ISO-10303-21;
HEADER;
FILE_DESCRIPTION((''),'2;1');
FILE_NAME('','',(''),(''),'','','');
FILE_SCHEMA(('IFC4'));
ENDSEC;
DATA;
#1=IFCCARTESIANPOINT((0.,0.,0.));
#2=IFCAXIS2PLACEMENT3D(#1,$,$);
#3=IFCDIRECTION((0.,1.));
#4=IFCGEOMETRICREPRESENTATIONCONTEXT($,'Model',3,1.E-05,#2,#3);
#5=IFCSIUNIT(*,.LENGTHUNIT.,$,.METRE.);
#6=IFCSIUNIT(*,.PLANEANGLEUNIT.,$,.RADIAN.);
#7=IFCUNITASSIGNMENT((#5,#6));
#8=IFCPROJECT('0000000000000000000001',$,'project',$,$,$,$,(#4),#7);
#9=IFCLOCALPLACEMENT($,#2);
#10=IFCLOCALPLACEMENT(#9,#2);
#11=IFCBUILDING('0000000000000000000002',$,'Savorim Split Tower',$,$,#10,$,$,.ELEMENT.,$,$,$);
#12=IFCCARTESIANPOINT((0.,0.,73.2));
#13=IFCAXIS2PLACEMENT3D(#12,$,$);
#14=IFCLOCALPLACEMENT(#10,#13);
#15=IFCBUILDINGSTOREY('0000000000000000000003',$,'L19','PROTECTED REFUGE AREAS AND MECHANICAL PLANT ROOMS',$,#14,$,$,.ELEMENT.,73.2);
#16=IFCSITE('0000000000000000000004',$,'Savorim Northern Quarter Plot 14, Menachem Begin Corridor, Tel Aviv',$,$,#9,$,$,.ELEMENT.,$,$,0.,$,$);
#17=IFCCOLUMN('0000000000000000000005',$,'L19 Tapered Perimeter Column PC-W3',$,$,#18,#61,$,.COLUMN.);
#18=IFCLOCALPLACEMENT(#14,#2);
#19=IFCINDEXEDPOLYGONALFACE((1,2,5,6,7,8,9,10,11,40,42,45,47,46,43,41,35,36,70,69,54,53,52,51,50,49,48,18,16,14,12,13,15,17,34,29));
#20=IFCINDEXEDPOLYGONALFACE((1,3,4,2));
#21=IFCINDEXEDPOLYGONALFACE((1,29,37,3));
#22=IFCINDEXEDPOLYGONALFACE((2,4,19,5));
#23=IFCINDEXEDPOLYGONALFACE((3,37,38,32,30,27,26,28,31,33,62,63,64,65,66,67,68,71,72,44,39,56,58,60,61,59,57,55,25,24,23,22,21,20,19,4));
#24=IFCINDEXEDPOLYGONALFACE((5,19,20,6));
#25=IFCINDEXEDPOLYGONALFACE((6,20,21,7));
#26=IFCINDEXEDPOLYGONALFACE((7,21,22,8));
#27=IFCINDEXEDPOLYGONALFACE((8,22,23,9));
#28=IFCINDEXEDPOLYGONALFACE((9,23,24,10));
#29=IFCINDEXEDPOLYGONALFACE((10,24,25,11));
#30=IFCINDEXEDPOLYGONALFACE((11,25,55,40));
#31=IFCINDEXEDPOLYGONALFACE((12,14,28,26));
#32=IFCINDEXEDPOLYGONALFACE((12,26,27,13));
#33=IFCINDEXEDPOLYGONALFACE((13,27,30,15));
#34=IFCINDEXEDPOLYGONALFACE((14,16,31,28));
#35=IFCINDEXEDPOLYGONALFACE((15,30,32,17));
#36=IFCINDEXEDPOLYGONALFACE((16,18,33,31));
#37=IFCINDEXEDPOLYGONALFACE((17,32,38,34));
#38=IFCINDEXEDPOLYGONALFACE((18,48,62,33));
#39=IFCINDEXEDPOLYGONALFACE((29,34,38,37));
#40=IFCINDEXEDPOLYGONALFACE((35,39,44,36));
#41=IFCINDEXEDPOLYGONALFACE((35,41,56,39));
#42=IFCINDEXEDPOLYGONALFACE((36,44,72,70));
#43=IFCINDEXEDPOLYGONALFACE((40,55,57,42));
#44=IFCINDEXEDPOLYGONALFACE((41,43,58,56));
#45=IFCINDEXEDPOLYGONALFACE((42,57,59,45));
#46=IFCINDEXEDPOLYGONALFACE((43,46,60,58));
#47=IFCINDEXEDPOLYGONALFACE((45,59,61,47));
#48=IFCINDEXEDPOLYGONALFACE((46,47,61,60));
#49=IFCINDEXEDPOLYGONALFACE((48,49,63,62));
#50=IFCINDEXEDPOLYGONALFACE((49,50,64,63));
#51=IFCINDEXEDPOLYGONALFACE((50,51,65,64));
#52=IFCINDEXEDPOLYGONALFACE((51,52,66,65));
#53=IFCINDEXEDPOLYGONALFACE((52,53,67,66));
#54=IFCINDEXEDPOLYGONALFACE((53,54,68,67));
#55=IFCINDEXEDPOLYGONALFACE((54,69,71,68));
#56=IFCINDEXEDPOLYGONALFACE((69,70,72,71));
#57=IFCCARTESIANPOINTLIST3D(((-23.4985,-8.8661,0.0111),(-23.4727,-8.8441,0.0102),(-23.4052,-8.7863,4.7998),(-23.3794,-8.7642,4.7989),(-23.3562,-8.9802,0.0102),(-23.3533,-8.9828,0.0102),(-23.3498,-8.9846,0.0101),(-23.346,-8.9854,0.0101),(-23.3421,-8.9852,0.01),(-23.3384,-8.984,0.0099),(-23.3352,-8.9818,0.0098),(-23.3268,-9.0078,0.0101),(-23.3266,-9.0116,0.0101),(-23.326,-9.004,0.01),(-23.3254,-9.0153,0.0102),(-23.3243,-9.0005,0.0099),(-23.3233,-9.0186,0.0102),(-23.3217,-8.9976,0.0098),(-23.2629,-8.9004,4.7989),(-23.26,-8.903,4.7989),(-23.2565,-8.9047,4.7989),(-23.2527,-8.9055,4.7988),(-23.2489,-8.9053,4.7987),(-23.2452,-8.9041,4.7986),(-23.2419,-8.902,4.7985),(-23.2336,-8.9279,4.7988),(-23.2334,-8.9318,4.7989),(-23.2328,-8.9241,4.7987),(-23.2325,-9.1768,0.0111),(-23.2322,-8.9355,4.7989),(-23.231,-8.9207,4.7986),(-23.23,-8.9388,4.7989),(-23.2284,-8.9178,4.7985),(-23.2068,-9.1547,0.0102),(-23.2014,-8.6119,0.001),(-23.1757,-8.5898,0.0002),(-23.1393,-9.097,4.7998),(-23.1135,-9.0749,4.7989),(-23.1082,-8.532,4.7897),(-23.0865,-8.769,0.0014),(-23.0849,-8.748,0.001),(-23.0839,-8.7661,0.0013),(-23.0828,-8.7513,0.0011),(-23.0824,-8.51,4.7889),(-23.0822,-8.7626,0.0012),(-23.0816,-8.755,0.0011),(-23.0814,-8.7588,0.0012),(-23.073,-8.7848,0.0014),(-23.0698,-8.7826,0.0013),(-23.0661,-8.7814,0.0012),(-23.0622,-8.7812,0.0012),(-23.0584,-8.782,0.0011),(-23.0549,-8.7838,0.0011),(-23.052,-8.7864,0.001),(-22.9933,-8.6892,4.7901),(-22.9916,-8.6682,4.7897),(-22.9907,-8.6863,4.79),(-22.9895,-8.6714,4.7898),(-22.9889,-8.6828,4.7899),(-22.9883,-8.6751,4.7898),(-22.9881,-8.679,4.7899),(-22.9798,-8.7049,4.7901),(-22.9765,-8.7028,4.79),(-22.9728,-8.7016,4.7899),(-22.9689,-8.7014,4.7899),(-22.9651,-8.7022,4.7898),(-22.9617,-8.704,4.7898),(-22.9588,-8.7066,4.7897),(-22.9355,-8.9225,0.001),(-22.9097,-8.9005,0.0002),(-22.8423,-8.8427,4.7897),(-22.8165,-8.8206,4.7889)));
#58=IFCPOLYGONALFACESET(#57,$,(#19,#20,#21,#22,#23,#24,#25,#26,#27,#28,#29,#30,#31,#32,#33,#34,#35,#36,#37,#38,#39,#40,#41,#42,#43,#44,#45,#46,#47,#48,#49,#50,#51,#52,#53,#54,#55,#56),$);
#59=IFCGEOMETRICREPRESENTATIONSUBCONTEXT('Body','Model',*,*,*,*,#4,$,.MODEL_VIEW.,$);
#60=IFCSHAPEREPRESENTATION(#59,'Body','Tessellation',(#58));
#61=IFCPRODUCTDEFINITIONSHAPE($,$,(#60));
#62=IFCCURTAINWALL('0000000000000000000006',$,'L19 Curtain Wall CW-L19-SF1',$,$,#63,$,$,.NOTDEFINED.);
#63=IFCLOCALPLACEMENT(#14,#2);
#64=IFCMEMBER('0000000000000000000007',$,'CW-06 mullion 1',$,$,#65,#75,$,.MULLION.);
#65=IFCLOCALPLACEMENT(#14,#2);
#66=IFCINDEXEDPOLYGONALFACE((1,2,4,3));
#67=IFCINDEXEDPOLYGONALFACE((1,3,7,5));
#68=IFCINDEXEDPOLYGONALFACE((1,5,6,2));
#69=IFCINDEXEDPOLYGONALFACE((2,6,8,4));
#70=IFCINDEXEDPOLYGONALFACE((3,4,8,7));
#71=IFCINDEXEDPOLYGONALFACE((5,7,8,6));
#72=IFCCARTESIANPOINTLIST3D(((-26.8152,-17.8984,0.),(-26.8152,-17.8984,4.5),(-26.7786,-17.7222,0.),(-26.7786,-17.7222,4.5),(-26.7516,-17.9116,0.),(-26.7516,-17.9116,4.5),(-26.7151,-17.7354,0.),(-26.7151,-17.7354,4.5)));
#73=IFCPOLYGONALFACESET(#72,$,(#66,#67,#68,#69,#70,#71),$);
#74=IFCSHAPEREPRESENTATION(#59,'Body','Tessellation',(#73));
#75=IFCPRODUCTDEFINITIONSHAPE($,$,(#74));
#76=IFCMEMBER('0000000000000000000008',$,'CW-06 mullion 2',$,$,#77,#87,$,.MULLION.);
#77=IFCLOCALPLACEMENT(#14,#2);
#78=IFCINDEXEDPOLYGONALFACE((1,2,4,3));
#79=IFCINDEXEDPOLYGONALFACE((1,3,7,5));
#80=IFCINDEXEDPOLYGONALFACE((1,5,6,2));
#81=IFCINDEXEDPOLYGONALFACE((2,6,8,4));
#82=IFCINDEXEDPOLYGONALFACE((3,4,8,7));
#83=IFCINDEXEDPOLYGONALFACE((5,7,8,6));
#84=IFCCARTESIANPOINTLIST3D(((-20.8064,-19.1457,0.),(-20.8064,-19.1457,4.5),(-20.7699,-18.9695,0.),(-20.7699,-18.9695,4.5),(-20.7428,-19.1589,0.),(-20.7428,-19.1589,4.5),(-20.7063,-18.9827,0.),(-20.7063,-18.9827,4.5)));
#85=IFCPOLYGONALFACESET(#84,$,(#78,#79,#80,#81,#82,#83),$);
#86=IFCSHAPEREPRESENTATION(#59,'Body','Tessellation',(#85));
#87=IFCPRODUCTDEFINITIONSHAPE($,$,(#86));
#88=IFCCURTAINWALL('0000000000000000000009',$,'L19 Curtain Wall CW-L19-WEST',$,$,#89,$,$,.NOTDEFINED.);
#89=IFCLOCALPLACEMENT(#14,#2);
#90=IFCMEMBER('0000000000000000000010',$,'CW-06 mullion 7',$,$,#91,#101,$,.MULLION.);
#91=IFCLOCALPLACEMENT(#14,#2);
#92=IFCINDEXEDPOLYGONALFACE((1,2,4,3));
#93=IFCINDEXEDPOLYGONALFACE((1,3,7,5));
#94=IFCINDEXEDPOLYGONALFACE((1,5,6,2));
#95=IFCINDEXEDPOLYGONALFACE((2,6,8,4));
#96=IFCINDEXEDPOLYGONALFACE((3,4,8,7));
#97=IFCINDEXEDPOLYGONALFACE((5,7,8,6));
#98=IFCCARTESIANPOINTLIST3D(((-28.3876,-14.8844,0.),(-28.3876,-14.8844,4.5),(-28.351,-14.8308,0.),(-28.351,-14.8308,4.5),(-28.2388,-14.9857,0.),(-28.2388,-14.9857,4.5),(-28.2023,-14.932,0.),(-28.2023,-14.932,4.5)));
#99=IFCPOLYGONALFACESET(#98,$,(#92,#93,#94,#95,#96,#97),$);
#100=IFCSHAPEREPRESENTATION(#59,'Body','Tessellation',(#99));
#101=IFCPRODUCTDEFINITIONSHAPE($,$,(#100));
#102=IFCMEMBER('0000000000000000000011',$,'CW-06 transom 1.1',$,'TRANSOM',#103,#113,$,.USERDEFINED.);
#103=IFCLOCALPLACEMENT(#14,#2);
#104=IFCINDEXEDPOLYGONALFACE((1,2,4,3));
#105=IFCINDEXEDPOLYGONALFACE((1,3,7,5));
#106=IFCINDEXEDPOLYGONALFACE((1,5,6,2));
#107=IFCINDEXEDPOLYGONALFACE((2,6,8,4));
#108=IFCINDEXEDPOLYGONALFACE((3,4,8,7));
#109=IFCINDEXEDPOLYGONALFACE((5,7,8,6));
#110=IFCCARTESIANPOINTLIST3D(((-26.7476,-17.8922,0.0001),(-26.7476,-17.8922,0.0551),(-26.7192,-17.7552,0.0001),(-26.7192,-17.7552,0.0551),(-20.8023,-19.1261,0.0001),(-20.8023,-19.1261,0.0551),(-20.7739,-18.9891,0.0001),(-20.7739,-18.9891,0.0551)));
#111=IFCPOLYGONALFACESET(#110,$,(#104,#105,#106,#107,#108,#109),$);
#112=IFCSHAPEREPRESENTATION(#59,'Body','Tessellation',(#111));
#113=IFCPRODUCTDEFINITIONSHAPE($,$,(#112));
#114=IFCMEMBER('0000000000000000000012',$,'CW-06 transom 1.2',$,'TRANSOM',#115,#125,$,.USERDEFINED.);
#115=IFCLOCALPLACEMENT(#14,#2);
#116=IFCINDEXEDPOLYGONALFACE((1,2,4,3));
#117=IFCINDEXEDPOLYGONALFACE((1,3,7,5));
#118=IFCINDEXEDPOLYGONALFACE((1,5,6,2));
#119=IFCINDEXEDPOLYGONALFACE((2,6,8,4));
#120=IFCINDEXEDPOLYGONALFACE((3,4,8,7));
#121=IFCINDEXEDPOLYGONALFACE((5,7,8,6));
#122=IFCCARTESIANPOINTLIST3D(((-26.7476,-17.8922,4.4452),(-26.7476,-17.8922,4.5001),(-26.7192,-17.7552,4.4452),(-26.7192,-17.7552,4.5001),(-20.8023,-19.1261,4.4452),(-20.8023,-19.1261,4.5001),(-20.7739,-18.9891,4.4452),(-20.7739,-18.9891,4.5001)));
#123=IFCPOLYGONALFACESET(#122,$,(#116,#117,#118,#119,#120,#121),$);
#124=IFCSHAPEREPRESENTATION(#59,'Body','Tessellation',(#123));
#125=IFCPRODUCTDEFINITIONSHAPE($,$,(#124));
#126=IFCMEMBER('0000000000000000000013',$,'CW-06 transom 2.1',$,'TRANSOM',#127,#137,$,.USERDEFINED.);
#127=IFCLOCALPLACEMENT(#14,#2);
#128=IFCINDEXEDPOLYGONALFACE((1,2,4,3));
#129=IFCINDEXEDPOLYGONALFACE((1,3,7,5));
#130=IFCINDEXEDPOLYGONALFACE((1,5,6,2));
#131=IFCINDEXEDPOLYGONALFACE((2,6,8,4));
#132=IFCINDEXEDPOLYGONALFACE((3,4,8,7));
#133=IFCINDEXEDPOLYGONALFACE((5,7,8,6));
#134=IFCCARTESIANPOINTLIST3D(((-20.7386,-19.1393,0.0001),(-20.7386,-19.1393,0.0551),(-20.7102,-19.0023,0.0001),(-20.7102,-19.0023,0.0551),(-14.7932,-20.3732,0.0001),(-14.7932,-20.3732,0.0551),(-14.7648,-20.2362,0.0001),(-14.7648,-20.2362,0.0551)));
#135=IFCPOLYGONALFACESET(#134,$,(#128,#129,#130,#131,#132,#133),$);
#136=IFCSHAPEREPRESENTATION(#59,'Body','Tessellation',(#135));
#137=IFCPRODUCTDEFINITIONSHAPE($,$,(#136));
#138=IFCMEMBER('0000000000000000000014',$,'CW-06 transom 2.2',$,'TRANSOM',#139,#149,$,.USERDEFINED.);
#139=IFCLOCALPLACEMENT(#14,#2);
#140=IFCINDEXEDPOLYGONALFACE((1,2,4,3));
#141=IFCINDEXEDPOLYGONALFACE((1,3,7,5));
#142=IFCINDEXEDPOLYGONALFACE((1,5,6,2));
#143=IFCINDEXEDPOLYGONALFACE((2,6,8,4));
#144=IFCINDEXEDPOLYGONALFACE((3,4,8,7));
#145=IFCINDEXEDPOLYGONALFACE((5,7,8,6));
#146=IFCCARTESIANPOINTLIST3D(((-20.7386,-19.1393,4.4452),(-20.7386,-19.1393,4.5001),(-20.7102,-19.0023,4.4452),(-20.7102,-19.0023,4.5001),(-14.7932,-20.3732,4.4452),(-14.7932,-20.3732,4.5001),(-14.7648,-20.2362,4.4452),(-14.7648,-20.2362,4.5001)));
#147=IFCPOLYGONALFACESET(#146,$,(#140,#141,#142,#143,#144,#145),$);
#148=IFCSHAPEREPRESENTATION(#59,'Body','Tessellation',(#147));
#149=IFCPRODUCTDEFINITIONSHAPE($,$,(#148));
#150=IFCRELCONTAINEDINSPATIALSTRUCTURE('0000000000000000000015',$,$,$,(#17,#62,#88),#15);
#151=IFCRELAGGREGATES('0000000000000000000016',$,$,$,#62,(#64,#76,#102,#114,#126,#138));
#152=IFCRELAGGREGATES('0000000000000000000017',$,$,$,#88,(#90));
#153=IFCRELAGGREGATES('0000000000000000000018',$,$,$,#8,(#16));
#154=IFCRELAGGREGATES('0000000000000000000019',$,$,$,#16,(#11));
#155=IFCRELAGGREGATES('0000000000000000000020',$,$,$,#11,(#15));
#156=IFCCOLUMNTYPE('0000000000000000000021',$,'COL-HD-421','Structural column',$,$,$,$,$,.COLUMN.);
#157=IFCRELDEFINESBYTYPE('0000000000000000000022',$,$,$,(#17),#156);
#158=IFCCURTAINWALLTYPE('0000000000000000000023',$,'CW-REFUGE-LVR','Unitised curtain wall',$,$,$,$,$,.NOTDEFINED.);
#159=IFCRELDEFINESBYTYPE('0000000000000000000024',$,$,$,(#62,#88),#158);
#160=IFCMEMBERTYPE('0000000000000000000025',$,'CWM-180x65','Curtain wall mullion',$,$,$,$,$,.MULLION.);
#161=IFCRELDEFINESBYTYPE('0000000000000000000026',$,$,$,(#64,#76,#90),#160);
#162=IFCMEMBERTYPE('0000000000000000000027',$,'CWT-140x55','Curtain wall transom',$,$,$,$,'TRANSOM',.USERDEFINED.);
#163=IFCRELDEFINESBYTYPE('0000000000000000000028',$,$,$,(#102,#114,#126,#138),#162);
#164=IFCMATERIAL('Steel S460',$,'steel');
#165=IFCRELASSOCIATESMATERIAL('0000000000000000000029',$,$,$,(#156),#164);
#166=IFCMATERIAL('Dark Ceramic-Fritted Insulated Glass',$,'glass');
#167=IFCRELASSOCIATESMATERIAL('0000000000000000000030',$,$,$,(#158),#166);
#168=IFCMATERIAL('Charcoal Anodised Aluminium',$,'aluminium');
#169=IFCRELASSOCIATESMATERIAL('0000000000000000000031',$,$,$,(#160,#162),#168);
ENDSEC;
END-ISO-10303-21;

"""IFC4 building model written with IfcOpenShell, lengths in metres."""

from ifc_helpers import new_model, si_unit, direction, frame, origin, origin_2d, place, context, subcontext, project, spatial, rectangle, i_section, extrude, material, material_profile, profile_set, type_object, element, aggregate, save


model = new_model("IFC4")

# Units and contexts
model_context = context("Model", 3, precision=1e-05, world=origin(), true_north=direction((0.0, 1.0)))
body_context = subcontext(model_context, "Body", "Model", "MODEL_VIEW")
ifc_project = project(units=[si_unit("LENGTHUNIT", "METRE"), si_unit("PLANEANGLEUNIT", "RADIAN")], contexts=[model_context])

# Site, building, storey
site_placement = place(None, origin())
site = spatial("IfcSite", under=ifc_project, at=site_placement, Name="Savorim Northern Quarter Plot 14, Menachem Begin Corridor, Tel Aviv", CompositionType="ELEMENT", RefElevation=0.0)
building_placement = place(site_placement, origin())
building = spatial("IfcBuilding", under=site, at=building_placement, Name="Savorim Split Tower", CompositionType="ELEMENT")
storey_placement = place(building_placement, frame((0.0, 0.0, 73.2)))
storey = spatial("IfcBuildingStorey", under=building, at=storey_placement, Name="L19", Description="PROTECTED REFUGE AREAS AND MECHANICAL PLANT ROOMS", CompositionType="ELEMENT", Elevation=73.2)

# Column
ifc_material_1 = material(Name="Steel S460", Category="steel")
ifc_material_profile_1 = material_profile(ifc_material_1, i_section(OverallWidth=0.4089, OverallDepth=0.425, WebThickness=0.0208, FlangeThickness=0.0339, FilletRadius=0.0149, at=origin_2d()), Name="HD 400x421")
ifc_profile_set_1 = profile_set([ifc_material_profile_1], Name="Steel S460")
column_type = type_object("IfcColumnType", Name="COL-HD-421", Description="Structural column", PredefinedType="COLUMN", material=ifc_profile_set_1)
column_placement = place(storey_placement, frame((-23.2041, -8.8833, 0.0056), z_axis=(0.019468, 0.016665, 0.999672), x_axis=(-0.6503, 0.759678, 0.0)))
element("IfcColumn", 1, at=column_placement, inside=storey, type_object=column_type, Name="L19 Tapered Perimeter Column PC-W3", PredefinedType="COLUMN", context=body_context, shape_type="SweptSolid", body=[
    extrude(i_section(OverallWidth=0.4089, OverallDepth=0.425, WebThickness=0.0208, FlangeThickness=0.0339, FilletRadius=0.0149, at=origin_2d()), origin(), (0.0, 0.0, 1.0), 4.7903),
])

# Curtain wall, members
ifc_material_2 = material(Name="Dark Ceramic-Fritted Insulated Glass", Category="glass")
curtain_wall_type = type_object("IfcCurtainWallType", Name="CW-REFUGE-LVR", Description="Unitised curtain wall", PredefinedType="NOTDEFINED", material=ifc_material_2)
curtain_wall_1_placement = place(storey_placement, origin())
curtain_wall_1 = element("IfcCurtainWall", 2, at=curtain_wall_1_placement, inside=storey, type_object=curtain_wall_type, Name="L19 Curtain Wall CW-L19-SF1", PredefinedType="NOTDEFINED")
ifc_material_3 = material(Name="Charcoal Anodised Aluminium", Category="aluminium")
ifc_material_profile_2 = material_profile(ifc_material_3, rectangle(XDim=0.1799, YDim=0.0649, at=origin_2d()), Name="ALU-M 180x65")
ifc_profile_set_2 = profile_set([ifc_material_profile_2], Name="Charcoal Anodised Aluminium")
member_type_1 = type_object("IfcMemberType", Name="CWM-180x65", Description="Curtain wall mullion", PredefinedType="MULLION", material=ifc_profile_set_2)
member_1_placement = place(storey_placement, frame((-26.7651, -17.8169, 0.0), z_axis=(0.0, 0.0, 1.0), x_axis=(0.20321, 0.979135, 0.0)))
member_1 = element("IfcMember", 3, at=member_1_placement, type_object=member_type_1, Name="CW-06 mullion 1", PredefinedType="MULLION", context=body_context, shape_type="SweptSolid", body=[
    extrude(rectangle(XDim=0.1799, YDim=0.0649, at=origin_2d()), origin(), (0.0, 0.0, 1.0), 4.5),
])
member_2_placement = place(storey_placement, frame((-20.7563, -19.0642, 0.0), z_axis=(0.0, 0.0, 1.0), x_axis=(0.20321, 0.979135, 0.0)))
member_2 = element("IfcMember", 4, at=member_2_placement, type_object=member_type_1, Name="CW-06 mullion 2", PredefinedType="MULLION", context=body_context, shape_type="SweptSolid", body=[
    extrude(rectangle(XDim=0.1799, YDim=0.0649, at=origin_2d()), origin(), (0.0, 0.0, 1.0), 4.5),
])

# Curtain wall, member
curtain_wall_2_placement = place(storey_placement, origin())
curtain_wall_2 = element("IfcCurtainWall", 5, at=curtain_wall_2_placement, inside=storey, type_object=curtain_wall_type, Name="L19 Curtain Wall CW-L19-WEST", PredefinedType="NOTDEFINED")
member_3_placement = place(storey_placement, frame((-28.2949, -14.9082, 0.0), z_axis=(0.0, 0.0, 1.0), x_axis=(0.82682, -0.562467, 0.0)))
member_3 = element("IfcMember", 6, at=member_3_placement, type_object=member_type_1, Name="CW-06 mullion 7", PredefinedType="MULLION", context=body_context, shape_type="SweptSolid", body=[
    extrude(rectangle(XDim=0.1799, YDim=0.0649, at=origin_2d()), origin(), (0.0, 0.0, 1.0), 4.5),
])

# Members
ifc_material_profile_3 = material_profile(ifc_material_3, rectangle(XDim=0.1399, YDim=0.0549, at=origin_2d()), Name="ALU-T 140x55")
ifc_profile_set_3 = profile_set([ifc_material_profile_3], Name="Charcoal Anodised Aluminium")
member_type_2 = type_object("IfcMemberType", Name="CWT-140x55", Description="Curtain wall transom", ElementType="TRANSOM", PredefinedType="USERDEFINED", material=ifc_profile_set_3)
member_4_placement = place(storey_placement, frame((-26.7334, -17.8237, 0.0276), z_axis=(0.979135, -0.203209, 0.0), x_axis=(0.203209, 0.979135, 0.0)))
member_4 = element("IfcMember", 7, at=member_4_placement, type_object=member_type_2, Name="CW-06 transom 1.1", ObjectType="TRANSOM", PredefinedType="USERDEFINED", context=body_context, shape_type="SweptSolid", body=[
    extrude(rectangle(XDim=0.1399, YDim=0.0549, at=origin_2d()), origin(), (0.0, 0.0, 1.0), 6.072),
])
member_5_placement = place(storey_placement, frame((-26.7334, -17.8237, 4.4727), z_axis=(0.979135, -0.203209, 0.0), x_axis=(0.203209, 0.979135, 0.0)))
member_5 = element("IfcMember", 8, at=member_5_placement, type_object=member_type_2, Name="CW-06 transom 1.2", ObjectType="TRANSOM", PredefinedType="USERDEFINED", context=body_context, shape_type="SweptSolid", body=[
    extrude(rectangle(XDim=0.1399, YDim=0.0549, at=origin_2d()), origin(), (0.0, 0.0, 1.0), 6.072),
])
member_6_placement = place(storey_placement, frame((-20.7244, -19.0708, 0.0276), z_axis=(0.979135, -0.203209, 0.0), x_axis=(0.203209, 0.979135, 0.0)))
member_6 = element("IfcMember", 9, at=member_6_placement, type_object=member_type_2, Name="CW-06 transom 2.1", ObjectType="TRANSOM", PredefinedType="USERDEFINED", context=body_context, shape_type="SweptSolid", body=[
    extrude(rectangle(XDim=0.1399, YDim=0.0549, at=origin_2d()), origin(), (0.0, 0.0, 1.0), 6.072),
])
member_7_placement = place(storey_placement, frame((-20.7244, -19.0708, 4.4727), z_axis=(0.979135, -0.203209, 0.0), x_axis=(0.203209, 0.979135, 0.0)))
member_7 = element("IfcMember", 10, at=member_7_placement, type_object=member_type_2, Name="CW-06 transom 2.2", ObjectType="TRANSOM", PredefinedType="USERDEFINED", context=body_context, shape_type="SweptSolid", body=[
    extrude(rectangle(XDim=0.1399, YDim=0.0549, at=origin_2d()), origin(), (0.0, 0.0, 1.0), 6.072),
])

aggregate(curtain_wall_1, [member_1, member_2, member_4, member_5, member_6, member_7])
aggregate(curtain_wall_2, [member_3])

save(model, "model.ifc")
